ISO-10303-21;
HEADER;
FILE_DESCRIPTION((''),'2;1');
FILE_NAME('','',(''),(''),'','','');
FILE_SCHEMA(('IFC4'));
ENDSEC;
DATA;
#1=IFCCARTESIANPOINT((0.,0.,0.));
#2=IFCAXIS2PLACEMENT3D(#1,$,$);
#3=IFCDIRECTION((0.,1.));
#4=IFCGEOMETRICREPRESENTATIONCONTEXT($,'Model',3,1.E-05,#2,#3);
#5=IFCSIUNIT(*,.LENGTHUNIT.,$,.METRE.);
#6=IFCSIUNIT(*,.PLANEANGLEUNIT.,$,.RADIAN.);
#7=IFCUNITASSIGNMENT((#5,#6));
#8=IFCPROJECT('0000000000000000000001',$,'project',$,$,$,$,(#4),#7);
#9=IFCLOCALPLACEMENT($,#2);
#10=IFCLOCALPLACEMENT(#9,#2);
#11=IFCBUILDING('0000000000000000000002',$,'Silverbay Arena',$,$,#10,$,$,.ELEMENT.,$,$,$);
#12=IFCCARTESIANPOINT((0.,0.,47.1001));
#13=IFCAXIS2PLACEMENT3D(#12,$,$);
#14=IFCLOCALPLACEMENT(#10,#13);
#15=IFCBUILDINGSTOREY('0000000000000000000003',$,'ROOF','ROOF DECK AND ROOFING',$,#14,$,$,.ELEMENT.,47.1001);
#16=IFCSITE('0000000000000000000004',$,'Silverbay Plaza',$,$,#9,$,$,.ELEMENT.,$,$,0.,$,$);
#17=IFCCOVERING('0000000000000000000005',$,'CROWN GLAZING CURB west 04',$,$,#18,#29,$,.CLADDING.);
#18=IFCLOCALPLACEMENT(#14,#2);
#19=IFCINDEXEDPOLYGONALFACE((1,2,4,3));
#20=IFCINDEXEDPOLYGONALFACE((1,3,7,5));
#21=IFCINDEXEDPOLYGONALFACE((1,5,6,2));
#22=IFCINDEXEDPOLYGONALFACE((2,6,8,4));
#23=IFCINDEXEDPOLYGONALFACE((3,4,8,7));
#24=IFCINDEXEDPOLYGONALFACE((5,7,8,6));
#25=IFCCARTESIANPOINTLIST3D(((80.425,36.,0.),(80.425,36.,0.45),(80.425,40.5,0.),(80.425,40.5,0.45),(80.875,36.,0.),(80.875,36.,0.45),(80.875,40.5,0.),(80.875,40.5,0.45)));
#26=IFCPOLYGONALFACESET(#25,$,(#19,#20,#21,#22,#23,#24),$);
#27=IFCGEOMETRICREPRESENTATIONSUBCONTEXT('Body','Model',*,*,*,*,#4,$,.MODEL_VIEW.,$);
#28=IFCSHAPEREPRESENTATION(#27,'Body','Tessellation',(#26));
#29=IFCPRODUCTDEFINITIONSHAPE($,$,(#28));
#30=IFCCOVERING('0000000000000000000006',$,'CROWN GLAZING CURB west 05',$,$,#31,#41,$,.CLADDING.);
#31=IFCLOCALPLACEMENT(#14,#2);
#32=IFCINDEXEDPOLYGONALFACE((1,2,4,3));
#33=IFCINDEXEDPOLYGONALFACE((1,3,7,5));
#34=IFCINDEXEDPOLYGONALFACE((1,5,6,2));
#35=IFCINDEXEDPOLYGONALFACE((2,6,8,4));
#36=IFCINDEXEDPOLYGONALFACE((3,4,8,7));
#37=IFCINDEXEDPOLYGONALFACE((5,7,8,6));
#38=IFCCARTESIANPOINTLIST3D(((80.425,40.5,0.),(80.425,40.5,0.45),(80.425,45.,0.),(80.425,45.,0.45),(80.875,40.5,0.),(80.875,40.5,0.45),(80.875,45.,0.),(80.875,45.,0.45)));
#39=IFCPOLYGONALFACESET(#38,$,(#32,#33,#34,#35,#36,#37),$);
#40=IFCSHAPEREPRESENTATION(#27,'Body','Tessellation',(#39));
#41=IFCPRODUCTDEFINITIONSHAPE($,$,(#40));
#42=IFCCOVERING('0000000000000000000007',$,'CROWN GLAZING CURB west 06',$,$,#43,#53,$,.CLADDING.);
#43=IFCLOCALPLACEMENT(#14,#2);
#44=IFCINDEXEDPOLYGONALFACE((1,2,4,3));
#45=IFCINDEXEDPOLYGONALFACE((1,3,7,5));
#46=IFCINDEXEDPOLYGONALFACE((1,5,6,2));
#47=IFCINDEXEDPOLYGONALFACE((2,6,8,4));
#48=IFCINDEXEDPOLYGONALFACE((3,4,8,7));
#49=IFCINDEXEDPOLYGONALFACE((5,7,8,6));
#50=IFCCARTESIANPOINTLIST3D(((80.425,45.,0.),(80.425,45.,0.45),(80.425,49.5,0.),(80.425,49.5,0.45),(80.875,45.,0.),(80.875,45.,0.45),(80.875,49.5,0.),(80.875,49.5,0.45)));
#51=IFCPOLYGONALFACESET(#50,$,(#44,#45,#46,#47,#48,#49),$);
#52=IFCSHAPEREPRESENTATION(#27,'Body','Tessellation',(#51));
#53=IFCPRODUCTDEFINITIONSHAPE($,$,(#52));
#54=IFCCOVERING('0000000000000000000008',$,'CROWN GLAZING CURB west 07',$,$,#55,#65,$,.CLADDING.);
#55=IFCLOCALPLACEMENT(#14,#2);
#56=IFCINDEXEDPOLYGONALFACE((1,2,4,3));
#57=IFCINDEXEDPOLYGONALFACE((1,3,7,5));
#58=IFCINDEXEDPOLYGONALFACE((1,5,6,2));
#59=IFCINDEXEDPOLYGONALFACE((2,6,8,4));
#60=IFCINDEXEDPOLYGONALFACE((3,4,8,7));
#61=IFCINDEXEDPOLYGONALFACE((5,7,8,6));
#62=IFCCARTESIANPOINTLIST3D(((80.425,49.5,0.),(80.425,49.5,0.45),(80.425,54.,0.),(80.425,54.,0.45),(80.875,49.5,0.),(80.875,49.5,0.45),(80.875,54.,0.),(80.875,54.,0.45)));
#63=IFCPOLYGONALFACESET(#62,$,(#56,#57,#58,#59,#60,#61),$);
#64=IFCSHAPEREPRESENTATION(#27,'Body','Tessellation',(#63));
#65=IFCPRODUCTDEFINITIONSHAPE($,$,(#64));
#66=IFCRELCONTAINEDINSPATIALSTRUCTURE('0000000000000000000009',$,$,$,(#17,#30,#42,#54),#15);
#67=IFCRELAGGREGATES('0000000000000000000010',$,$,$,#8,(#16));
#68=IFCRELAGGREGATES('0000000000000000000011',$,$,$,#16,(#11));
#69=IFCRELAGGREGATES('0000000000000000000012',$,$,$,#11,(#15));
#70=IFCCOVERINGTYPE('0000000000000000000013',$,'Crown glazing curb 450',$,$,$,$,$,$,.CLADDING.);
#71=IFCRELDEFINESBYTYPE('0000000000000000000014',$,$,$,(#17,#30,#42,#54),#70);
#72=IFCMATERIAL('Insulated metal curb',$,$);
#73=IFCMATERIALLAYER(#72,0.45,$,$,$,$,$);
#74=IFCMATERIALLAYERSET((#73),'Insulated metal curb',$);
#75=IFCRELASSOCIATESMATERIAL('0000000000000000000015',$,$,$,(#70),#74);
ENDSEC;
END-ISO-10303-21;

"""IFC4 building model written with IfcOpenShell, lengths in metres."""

from ifc_helpers import new_model, si_unit, direction, frame, origin, place, context, subcontext, project, spatial, polyline, outline, extrude, material, layer, layer_set, type_object, element, save


model = new_model("IFC4")

# Units and contexts
model_context = context("Model", 3, precision=1e-05, world=origin(), true_north=direction((0.0, 1.0)))
body_context = subcontext(model_context, "Body", "Model", "MODEL_VIEW")
ifc_project = project(units=[si_unit("LENGTHUNIT", "METRE"), si_unit("PLANEANGLEUNIT", "RADIAN")], contexts=[model_context])

# Site, building, storey
site_placement = place(None, origin())
site = spatial("IfcSite", under=ifc_project, at=site_placement, Name="Silverbay Plaza", CompositionType="ELEMENT", RefElevation=0.0)
building_placement = place(site_placement, origin())
building = spatial("IfcBuilding", under=site, at=building_placement, Name="Silverbay Arena", CompositionType="ELEMENT")
storey_placement = place(building_placement, frame((0.0, 0.0, 47.1001)))
storey = spatial("IfcBuildingStorey", under=building, at=storey_placement, Name="ROOF", Description="ROOF DECK AND ROOFING", CompositionType="ELEMENT", Elevation=47.1001)

# Coverings
ifc_material = material(Name="Insulated metal curb")
ifc_layer = layer(ifc_material, 0.45)
ifc_layer_set = layer_set([ifc_layer], Name="Insulated metal curb")
covering_type = type_object("IfcCoveringType", Name="Crown glazing curb 450", PredefinedType="CLADDING", material=ifc_layer_set)
covering_1_placement = place(storey_placement, origin())
element("IfcCovering", 1, at=covering_1_placement, inside=storey, type_object=covering_type, Name="CROWN GLAZING CURB west 04", PredefinedType="CLADDING", context=body_context, shape_type="SweptSolid", body=[
    extrude(outline(polyline([(80.425, 36.0), (80.875, 36.0), (80.875, 40.5), (80.425, 40.5), (80.425, 36.0)])), origin(), (0.0, 0.0, 1.0), 0.45),
])
covering_2_placement = place(storey_placement, origin())
element("IfcCovering", 2, at=covering_2_placement, inside=storey, type_object=covering_type, Name="CROWN GLAZING CURB west 05", PredefinedType="CLADDING", context=body_context, shape_type="SweptSolid", body=[
    extrude(outline(polyline([(80.425, 40.5), (80.875, 40.5), (80.875, 45.0), (80.425, 45.0), (80.425, 40.5)])), origin(), (0.0, 0.0, 1.0), 0.45),
])
covering_3_placement = place(storey_placement, origin())
element("IfcCovering", 3, at=covering_3_placement, inside=storey, type_object=covering_type, Name="CROWN GLAZING CURB west 06", PredefinedType="CLADDING", context=body_context, shape_type="SweptSolid", body=[
    extrude(outline(polyline([(80.425, 45.0), (80.875, 45.0), (80.875, 49.5), (80.425, 49.5), (80.425, 45.0)])), origin(), (0.0, 0.0, 1.0), 0.45),
])
covering_4_placement = place(storey_placement, origin())
element("IfcCovering", 4, at=covering_4_placement, inside=storey, type_object=covering_type, Name="CROWN GLAZING CURB west 07", PredefinedType="CLADDING", context=body_context, shape_type="SweptSolid", body=[
    extrude(outline(polyline([(80.425, 49.5), (80.875, 49.5), (80.875, 54.0), (80.425, 54.0), (80.425, 49.5)])), origin(), (0.0, 0.0, 1.0), 0.45),
])

save(model, "model.ifc")
